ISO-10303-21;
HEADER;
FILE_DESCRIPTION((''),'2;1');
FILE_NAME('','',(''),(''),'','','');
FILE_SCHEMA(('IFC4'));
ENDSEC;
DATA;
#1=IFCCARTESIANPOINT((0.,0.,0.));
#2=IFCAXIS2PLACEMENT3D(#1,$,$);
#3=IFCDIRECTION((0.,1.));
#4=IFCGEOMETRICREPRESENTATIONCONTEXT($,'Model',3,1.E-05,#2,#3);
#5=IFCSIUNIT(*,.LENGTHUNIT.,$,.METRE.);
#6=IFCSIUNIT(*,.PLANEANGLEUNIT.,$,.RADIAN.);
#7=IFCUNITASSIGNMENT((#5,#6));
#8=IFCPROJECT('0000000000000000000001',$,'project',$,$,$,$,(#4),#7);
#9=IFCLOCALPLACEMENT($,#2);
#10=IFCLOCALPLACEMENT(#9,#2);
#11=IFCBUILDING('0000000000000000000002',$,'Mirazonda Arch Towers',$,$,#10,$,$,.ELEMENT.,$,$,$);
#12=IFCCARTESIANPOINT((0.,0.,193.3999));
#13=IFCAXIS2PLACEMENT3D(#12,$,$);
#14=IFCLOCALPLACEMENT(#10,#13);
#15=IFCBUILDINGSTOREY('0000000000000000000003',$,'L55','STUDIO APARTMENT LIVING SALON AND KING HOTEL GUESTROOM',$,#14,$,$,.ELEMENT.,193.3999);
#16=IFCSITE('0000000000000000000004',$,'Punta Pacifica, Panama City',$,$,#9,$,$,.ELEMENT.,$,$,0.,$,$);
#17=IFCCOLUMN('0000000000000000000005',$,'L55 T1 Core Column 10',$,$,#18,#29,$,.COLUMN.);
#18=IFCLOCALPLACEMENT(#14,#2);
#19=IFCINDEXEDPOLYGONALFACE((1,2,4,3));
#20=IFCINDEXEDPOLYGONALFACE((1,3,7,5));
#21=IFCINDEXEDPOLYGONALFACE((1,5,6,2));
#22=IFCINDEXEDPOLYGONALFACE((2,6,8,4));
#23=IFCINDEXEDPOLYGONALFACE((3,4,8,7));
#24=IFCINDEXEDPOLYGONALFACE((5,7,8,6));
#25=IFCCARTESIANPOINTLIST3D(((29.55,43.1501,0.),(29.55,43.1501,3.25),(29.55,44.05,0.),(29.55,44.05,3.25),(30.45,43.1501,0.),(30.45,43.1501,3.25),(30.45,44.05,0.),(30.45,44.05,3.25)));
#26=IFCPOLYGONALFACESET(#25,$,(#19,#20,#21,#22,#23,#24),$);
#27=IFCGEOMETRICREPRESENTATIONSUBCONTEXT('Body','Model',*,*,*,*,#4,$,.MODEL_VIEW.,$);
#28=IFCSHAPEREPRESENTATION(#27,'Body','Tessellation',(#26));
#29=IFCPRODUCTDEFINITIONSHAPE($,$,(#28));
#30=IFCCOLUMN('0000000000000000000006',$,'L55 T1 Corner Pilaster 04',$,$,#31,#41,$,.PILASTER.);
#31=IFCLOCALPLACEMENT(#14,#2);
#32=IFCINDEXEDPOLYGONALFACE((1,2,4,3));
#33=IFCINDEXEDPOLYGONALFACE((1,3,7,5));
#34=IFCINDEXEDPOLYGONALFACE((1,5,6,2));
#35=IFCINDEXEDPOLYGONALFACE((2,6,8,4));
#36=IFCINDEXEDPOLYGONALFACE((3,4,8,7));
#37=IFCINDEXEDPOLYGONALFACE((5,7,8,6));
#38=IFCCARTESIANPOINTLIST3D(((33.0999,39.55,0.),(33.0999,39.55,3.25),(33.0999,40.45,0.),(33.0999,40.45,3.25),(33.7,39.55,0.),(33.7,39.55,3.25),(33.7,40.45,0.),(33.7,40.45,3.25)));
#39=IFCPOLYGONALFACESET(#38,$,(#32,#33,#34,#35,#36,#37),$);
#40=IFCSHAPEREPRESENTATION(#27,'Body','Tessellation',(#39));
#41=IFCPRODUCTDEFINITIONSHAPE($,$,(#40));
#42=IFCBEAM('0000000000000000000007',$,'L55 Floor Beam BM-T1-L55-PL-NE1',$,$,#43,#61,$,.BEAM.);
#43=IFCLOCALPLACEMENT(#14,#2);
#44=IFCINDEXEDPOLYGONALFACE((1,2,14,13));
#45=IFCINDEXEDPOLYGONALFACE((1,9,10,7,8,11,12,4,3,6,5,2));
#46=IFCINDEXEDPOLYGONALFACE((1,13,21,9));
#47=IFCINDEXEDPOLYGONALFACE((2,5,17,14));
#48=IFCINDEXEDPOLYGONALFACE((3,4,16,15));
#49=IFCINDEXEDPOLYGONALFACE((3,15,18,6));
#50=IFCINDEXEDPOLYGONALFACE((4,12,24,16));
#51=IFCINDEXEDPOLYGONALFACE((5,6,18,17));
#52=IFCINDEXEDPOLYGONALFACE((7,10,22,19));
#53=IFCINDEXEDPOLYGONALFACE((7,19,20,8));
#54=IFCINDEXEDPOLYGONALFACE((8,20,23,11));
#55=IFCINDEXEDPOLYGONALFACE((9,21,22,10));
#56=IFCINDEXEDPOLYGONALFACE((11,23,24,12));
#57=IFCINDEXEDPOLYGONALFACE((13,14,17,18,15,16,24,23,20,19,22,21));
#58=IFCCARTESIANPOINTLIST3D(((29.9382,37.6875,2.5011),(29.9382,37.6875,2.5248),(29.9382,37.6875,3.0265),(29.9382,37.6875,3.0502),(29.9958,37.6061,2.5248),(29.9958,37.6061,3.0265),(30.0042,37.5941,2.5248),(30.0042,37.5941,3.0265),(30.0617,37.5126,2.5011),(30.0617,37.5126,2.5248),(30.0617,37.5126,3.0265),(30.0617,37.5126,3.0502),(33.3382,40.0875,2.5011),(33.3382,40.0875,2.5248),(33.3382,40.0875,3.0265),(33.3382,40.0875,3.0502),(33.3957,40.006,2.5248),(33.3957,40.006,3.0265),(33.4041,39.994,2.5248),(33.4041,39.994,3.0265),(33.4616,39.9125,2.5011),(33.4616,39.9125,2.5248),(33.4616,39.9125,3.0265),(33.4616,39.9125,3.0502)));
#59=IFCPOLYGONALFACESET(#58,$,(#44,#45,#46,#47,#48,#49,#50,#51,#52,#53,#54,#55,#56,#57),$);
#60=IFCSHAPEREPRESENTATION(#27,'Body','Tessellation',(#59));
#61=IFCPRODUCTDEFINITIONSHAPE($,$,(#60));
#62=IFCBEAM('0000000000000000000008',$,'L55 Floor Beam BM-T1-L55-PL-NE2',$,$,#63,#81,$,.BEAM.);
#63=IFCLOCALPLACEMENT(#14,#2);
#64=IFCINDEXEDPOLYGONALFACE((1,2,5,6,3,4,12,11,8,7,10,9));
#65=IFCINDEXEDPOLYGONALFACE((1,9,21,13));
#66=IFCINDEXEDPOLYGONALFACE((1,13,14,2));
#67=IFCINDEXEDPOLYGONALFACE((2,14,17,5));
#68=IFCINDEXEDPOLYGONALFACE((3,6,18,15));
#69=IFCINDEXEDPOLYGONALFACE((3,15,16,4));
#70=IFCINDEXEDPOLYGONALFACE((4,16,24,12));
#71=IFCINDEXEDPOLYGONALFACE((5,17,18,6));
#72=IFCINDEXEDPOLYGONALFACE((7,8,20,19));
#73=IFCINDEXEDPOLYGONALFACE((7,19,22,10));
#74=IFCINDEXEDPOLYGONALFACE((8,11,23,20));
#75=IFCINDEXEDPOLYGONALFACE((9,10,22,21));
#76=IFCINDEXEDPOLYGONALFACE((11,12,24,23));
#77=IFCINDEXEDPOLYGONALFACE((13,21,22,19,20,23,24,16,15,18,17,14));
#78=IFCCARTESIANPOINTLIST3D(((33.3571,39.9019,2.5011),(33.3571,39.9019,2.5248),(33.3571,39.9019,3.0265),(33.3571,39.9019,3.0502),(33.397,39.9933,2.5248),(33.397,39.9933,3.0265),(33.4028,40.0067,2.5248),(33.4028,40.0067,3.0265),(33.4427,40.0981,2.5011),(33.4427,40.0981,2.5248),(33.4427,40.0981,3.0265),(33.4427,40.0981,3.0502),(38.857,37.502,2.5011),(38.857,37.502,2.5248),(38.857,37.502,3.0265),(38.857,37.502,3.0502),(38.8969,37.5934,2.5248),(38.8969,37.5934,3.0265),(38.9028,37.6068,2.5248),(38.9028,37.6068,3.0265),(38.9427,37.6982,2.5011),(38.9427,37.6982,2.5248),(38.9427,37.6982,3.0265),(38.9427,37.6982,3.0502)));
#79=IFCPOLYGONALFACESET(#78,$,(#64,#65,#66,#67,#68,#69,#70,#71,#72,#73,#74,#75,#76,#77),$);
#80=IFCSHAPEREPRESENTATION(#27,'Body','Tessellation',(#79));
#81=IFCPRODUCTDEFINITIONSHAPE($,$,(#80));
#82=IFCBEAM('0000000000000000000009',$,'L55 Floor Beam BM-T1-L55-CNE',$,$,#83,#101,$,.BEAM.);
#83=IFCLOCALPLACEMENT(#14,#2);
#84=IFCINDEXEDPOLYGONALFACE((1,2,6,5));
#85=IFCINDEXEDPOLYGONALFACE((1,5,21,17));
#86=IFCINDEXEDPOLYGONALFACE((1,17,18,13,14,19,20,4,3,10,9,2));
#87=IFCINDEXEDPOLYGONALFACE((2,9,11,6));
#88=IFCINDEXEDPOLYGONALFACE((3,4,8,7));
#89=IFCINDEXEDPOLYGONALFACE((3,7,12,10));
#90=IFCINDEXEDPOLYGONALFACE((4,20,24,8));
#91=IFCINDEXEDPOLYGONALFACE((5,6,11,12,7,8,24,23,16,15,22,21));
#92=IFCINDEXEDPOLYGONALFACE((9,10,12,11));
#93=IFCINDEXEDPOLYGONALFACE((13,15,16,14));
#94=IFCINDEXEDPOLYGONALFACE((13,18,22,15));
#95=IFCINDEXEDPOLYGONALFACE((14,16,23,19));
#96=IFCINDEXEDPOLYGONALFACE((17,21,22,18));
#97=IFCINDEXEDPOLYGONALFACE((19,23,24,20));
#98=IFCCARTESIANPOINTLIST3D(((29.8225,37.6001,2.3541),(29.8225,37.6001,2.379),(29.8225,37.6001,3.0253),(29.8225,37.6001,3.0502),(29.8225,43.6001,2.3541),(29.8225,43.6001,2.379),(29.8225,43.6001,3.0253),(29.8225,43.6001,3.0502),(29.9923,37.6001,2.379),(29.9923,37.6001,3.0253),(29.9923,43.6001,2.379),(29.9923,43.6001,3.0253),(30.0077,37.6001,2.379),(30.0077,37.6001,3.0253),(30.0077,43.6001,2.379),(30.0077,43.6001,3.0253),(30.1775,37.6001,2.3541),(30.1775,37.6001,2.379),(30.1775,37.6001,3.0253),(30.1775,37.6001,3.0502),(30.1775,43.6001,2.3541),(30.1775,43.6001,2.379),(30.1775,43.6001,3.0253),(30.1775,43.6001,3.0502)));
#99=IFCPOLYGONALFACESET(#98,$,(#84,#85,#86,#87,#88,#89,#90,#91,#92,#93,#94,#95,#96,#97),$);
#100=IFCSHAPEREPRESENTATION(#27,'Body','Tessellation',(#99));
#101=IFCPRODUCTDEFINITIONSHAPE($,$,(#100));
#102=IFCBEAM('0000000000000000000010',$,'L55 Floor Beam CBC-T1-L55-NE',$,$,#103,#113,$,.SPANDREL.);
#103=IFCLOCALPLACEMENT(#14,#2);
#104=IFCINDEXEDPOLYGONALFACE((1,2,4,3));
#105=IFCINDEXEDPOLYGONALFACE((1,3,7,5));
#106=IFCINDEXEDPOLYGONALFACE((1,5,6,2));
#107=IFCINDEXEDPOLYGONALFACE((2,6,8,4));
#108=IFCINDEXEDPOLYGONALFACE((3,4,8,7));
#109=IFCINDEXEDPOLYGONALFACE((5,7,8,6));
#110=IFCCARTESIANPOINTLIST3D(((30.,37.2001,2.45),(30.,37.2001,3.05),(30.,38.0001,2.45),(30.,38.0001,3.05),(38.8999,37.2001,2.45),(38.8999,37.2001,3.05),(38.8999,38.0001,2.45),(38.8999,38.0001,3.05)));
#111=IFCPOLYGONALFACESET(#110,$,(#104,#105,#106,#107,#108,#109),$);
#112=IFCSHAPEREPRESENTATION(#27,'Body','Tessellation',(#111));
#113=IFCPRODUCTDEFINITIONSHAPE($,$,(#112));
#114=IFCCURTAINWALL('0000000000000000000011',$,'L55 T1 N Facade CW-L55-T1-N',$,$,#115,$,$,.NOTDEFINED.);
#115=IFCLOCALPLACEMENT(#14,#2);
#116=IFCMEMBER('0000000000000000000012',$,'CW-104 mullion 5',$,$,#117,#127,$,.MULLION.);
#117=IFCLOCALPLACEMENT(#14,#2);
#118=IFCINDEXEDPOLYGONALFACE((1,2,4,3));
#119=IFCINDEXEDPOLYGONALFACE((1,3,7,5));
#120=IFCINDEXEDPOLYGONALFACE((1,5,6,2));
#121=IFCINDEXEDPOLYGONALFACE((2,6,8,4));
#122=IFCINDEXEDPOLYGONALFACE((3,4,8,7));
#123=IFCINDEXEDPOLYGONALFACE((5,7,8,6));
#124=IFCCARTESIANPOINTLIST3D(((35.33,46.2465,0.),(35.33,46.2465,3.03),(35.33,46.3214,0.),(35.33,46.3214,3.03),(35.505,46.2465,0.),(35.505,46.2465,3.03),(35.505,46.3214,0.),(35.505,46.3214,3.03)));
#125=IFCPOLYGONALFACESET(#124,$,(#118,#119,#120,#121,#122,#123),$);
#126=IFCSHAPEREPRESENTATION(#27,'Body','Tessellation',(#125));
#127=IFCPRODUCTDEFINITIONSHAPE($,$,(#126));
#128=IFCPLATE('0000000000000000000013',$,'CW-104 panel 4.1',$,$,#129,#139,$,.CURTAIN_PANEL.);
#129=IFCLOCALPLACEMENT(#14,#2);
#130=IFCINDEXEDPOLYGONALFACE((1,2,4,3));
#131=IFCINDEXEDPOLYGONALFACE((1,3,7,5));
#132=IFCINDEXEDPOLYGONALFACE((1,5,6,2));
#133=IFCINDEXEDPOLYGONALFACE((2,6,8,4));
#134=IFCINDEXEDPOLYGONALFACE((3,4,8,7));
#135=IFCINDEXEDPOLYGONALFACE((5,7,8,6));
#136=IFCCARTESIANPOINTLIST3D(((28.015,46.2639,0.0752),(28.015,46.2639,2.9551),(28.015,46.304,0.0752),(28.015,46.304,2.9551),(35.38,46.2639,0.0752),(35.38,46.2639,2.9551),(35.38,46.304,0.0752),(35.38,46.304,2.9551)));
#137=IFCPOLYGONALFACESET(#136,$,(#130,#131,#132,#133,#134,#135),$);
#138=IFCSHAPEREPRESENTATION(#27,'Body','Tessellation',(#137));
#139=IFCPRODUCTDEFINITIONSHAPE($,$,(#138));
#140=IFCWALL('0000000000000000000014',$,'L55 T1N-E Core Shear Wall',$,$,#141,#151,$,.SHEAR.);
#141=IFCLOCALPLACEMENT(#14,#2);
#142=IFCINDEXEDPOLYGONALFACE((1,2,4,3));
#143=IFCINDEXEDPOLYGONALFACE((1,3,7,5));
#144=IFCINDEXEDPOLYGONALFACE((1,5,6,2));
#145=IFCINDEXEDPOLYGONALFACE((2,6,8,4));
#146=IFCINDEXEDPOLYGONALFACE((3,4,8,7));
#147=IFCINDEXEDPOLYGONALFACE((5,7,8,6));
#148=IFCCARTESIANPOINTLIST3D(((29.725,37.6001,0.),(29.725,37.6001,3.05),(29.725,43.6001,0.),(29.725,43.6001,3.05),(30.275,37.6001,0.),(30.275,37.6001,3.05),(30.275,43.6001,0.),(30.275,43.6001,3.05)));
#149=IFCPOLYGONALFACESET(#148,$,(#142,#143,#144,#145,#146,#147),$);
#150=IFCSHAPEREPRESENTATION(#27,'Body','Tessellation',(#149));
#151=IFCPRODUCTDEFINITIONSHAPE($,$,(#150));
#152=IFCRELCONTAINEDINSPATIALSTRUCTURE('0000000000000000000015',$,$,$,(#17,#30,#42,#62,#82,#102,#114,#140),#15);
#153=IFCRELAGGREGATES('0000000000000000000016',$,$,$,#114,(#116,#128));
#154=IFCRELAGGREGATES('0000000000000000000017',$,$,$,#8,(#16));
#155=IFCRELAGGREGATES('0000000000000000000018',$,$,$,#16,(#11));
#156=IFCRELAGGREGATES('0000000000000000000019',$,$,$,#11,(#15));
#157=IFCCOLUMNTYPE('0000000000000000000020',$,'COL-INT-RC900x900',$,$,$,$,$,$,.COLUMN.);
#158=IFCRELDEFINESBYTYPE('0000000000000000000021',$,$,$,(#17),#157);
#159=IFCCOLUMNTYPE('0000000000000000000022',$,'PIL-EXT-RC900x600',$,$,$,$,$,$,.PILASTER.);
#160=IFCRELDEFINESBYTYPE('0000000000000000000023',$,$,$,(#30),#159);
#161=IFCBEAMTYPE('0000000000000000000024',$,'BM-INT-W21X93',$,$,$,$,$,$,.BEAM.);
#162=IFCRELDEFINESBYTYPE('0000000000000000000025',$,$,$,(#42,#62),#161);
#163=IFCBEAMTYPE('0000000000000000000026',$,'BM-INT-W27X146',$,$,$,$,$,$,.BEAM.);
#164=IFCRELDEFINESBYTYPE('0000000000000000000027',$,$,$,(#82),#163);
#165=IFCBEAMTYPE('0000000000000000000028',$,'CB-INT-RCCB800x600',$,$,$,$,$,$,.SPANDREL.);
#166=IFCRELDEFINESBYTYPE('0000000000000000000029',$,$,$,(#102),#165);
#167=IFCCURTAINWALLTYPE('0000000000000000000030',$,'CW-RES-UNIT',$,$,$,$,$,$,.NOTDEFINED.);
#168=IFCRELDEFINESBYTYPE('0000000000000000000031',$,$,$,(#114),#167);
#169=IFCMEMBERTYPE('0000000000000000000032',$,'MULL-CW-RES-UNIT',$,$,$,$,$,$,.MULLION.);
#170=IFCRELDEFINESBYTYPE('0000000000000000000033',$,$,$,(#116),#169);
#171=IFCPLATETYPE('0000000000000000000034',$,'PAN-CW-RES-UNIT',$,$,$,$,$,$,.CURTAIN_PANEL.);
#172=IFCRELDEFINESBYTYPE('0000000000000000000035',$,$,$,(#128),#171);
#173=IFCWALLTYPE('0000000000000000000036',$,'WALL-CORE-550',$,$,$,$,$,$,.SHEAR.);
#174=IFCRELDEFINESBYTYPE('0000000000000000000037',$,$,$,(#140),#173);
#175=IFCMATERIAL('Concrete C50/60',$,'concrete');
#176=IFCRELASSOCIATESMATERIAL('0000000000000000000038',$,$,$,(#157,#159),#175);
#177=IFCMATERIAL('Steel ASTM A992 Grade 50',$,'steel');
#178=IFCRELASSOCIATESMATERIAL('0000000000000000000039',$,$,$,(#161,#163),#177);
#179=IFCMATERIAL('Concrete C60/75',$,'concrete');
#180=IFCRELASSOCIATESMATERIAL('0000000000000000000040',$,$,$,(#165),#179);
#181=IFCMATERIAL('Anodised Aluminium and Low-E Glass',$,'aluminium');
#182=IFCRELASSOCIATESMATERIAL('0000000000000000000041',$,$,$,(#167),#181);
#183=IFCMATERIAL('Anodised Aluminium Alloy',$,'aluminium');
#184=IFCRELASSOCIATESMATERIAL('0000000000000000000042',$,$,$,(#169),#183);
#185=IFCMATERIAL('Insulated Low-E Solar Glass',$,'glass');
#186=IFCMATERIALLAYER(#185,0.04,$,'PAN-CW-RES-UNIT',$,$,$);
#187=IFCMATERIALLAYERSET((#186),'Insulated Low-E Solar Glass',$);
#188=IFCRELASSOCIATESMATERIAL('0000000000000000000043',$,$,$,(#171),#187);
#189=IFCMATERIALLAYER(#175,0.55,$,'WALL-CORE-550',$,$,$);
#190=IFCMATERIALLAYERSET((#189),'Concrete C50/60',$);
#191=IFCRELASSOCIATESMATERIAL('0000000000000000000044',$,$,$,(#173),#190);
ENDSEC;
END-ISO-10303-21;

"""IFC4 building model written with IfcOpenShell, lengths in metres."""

from ifc_helpers import new_model, si_unit, direction, frame, frame_2d, origin, origin_2d, place, context, subcontext, project, spatial, rectangle, i_section, extrude, material, layer, layer_set, material_profile, profile_set, type_object, element, aggregate, save


model = new_model("IFC4")

# Units and contexts
model_context = context("Model", 3, precision=1e-05, world=origin(), true_north=direction((0.0, 1.0)))
body_context = subcontext(model_context, "Body", "Model", "MODEL_VIEW")
ifc_project = project(units=[si_unit("LENGTHUNIT", "METRE"), si_unit("PLANEANGLEUNIT", "RADIAN")], contexts=[model_context])

# Site, building, storey
site_placement = place(None, origin())
site = spatial("IfcSite", under=ifc_project, at=site_placement, Name="Punta Pacifica, Panama City", CompositionType="ELEMENT", RefElevation=0.0)
building_placement = place(site_placement, origin())
building = spatial("IfcBuilding", under=site, at=building_placement, Name="Mirazonda Arch Towers", CompositionType="ELEMENT")
storey_placement = place(building_placement, frame((0.0, 0.0, 193.3999)))
storey = spatial("IfcBuildingStorey", under=building, at=storey_placement, Name="L55", Description="STUDIO APARTMENT LIVING SALON AND KING HOTEL GUESTROOM", CompositionType="ELEMENT", Elevation=193.3999)

# Columns
ifc_material_1 = material(Name="Concrete C50/60", Category="concrete")
ifc_material_profile_1 = material_profile(ifc_material_1, rectangle(XDim=0.8999, YDim=0.8999, at=origin_2d()), Name="RC900x900")
ifc_profile_set_1 = profile_set([ifc_material_profile_1], Name="Concrete C50/60")
column_type_1 = type_object("IfcColumnType", Name="COL-INT-RC900x900", PredefinedType="COLUMN", material=ifc_profile_set_1)
column_1_placement = place(storey_placement, frame((30.0, 43.6001, 0.0), z_axis=(0.0, 0.0, 1.0), x_axis=(1.0, 0.0, 0.0)))
element("IfcColumn", 1, at=column_1_placement, inside=storey, type_object=column_type_1, Name="L55 T1 Core Column 10", PredefinedType="COLUMN", context=body_context, shape_type="SweptSolid", body=[
    extrude(rectangle(XDim=0.8999, YDim=0.8999, at=origin_2d()), origin(), (0.0, 0.0, 1.0), 3.25),
])
ifc_material_profile_2 = material_profile(ifc_material_1, rectangle(XDim=0.6001, YDim=0.8999, at=origin_2d()), Name="RC900x600")
ifc_profile_set_2 = profile_set([ifc_material_profile_2], Name="Concrete C50/60")
column_type_2 = type_object("IfcColumnType", Name="PIL-EXT-RC900x600", PredefinedType="PILASTER", material=ifc_profile_set_2)
column_2_placement = place(storey_placement, frame((33.3999, 40.0, 0.0), z_axis=(0.0, 0.0, 1.0), x_axis=(1.0, 0.0, 0.0)))
element("IfcColumn", 2, at=column_2_placement, inside=storey, type_object=column_type_2, Name="L55 T1 Corner Pilaster 04", PredefinedType="PILASTER", context=body_context, shape_type="SweptSolid", body=[
    extrude(rectangle(XDim=0.6001, YDim=0.8999, at=origin_2d()), origin(), (0.0, 0.0, 1.0), 3.25),
])

# Beams
ifc_material_2 = material(Name="Steel ASTM A992 Grade 50", Category="steel")
ifc_material_profile_3 = material_profile(ifc_material_2, i_section(OverallWidth=0.2141, OverallDepth=0.5491, WebThickness=0.0146, FlangeThickness=0.0237, at=origin_2d()), Name="W21X93")
ifc_profile_set_3 = profile_set([ifc_material_profile_3], Name="Steel ASTM A992 Grade 50")
beam_type_1 = type_object("IfcBeamType", Name="BM-INT-W21X93", PredefinedType="BEAM", material=ifc_profile_set_3)
beam_1_placement = place(storey_placement, frame((33.3999, 40.0, 2.7756), z_axis=(-0.816971, -0.576679, 0.0), x_axis=(0.576679, -0.816971, 0.0)))
element("IfcBeam", 3, at=beam_1_placement, inside=storey, type_object=beam_type_1, Name="L55 Floor Beam BM-T1-L55-PL-NE1", PredefinedType="BEAM", context=body_context, shape_type="SweptSolid", body=[
    extrude(i_section(OverallWidth=0.2141, OverallDepth=0.5491, WebThickness=0.0146, FlangeThickness=0.0237, at=origin_2d()), origin(), (0.0, 0.0, 1.0), 4.1616),
])
beam_2_placement = place(storey_placement, frame((33.3999, 40.0, 2.7756), z_axis=(0.916545, -0.399931, 0.0), x_axis=(0.399931, 0.916545, 0.0)))
element("IfcBeam", 4, at=beam_2_placement, inside=storey, type_object=beam_type_1, Name="L55 Floor Beam BM-T1-L55-PL-NE2", PredefinedType="BEAM", context=body_context, shape_type="SweptSolid", body=[
    extrude(i_section(OverallWidth=0.2141, OverallDepth=0.5491, WebThickness=0.0146, FlangeThickness=0.0237, at=origin_2d()), origin(), (0.0, 0.0, 1.0), 6.0007),
])
ifc_material_profile_4 = material_profile(ifc_material_2, i_section(OverallWidth=0.355, OverallDepth=0.696, WebThickness=0.0154, FlangeThickness=0.0249, at=origin_2d()), Name="W27X146")
ifc_profile_set_4 = profile_set([ifc_material_profile_4], Name="Steel ASTM A992 Grade 50")
beam_type_2 = type_object("IfcBeamType", Name="BM-INT-W27X146", PredefinedType="BEAM", material=ifc_profile_set_4)
beam_3_placement = place(storey_placement, frame((30.0, 37.6001, 2.7021), z_axis=(0.0, 1.0, 0.0), x_axis=(-1.0, 0.0, 0.0)))
element("IfcBeam", 5, at=beam_3_placement, inside=storey, type_object=beam_type_2, Name="L55 Floor Beam BM-T1-L55-CNE", PredefinedType="BEAM", context=body_context, shape_type="SweptSolid", body=[
    extrude(i_section(OverallWidth=0.355, OverallDepth=0.696, WebThickness=0.0154, FlangeThickness=0.0249, at=origin_2d()), origin(), (0.0, 0.0, 1.0), 6.0),
])
ifc_material_3 = material(Name="Concrete C60/75", Category="concrete")
ifc_material_profile_5 = material_profile(ifc_material_3, rectangle(XDim=0.8, YDim=0.6001, at=origin_2d()), Name="RCCB800x600")
ifc_profile_set_5 = profile_set([ifc_material_profile_5], Name="Concrete C60/75")
beam_type_3 = type_object("IfcBeamType", Name="CB-INT-RCCB800x600", PredefinedType="SPANDREL", material=ifc_profile_set_5)
beam_4_placement = place(storey_placement, frame((30.0, 37.6001, 2.75), z_axis=(1.0, 0.0, 0.0), x_axis=(0.0, 1.0, 0.0)))
element("IfcBeam", 6, at=beam_4_placement, inside=storey, type_object=beam_type_3, Name="L55 Floor Beam CBC-T1-L55-NE", PredefinedType="SPANDREL", context=body_context, shape_type="SweptSolid", body=[
    extrude(rectangle(XDim=0.8, YDim=0.6001, at=origin_2d()), origin(), (0.0, 0.0, 1.0), 8.8999),
])

# Curtain wall, member, plate
ifc_material_4 = material(Name="Anodised Aluminium and Low-E Glass", Category="aluminium")
curtain_wall_type = type_object("IfcCurtainWallType", Name="CW-RES-UNIT", PredefinedType="NOTDEFINED", material=ifc_material_4)
curtain_wall_placement = place(storey_placement, origin())
curtain_wall = element("IfcCurtainWall", 7, at=curtain_wall_placement, inside=storey, type_object=curtain_wall_type, Name="L55 T1 N Facade CW-L55-T1-N", PredefinedType="NOTDEFINED")
ifc_material_5 = material(Name="Anodised Aluminium Alloy", Category="aluminium")
ifc_material_profile_6 = material_profile(ifc_material_5, rectangle(XDim=0.075, YDim=0.175, at=origin_2d()), Name="ALU-MULL-75x175")
ifc_profile_set_6 = profile_set([ifc_material_profile_6], Name="Anodised Aluminium Alloy")
member_type = type_object("IfcMemberType", Name="MULL-CW-RES-UNIT", PredefinedType="MULLION", material=ifc_profile_set_6)
member_placement = place(storey_placement, frame((35.4175, 46.2839, 0.0), z_axis=(0.0, 0.0, 1.0), x_axis=(0.0, 1.0, 0.0)))
member = element("IfcMember", 8, at=member_placement, type_object=member_type, Name="CW-104 mullion 5", PredefinedType="MULLION", context=body_context, shape_type="SweptSolid", body=[
    extrude(rectangle(XDim=0.075, YDim=0.175, at=origin_2d()), origin(), (0.0, 0.0, 1.0), 3.03),
])
ifc_material_6 = material(Name="Insulated Low-E Solar Glass", Category="glass")
ifc_layer_1 = layer(ifc_material_6, 0.04, Name="PAN-CW-RES-UNIT")
ifc_layer_set_1 = layer_set([ifc_layer_1], Name="Insulated Low-E Solar Glass")
plate_type = type_object("IfcPlateType", Name="PAN-CW-RES-UNIT", PredefinedType="CURTAIN_PANEL", material=ifc_layer_set_1)
plate_placement = place(storey_placement, frame((31.6975, 46.2839, 0.0752), z_axis=(0.0, 0.0, 1.0), x_axis=(1.0, 0.0, 0.0)))
plate = element("IfcPlate", 9, at=plate_placement, type_object=plate_type, Name="CW-104 panel 4.1", PredefinedType="CURTAIN_PANEL", context=body_context, shape_type="SweptSolid", body=[
    extrude(rectangle(XDim=7.365, YDim=0.04, at=origin_2d()), origin(), (0.0, 0.0, 1.0), 2.8799),
])
aggregate(curtain_wall, [member, plate])

# Wall
ifc_layer_2 = layer(ifc_material_1, 0.55, Name="WALL-CORE-550")
ifc_layer_set_2 = layer_set([ifc_layer_2], Name="Concrete C50/60")
wall_type_1 = type_object("IfcWallType", Name="WALL-CORE-550", PredefinedType="SHEAR", material=ifc_layer_set_2)
wall_1_placement = place(storey_placement, frame((30.0, 37.6001, 0.0), z_axis=(0.0, 0.0, 1.0), x_axis=(0.0, 1.0, 0.0)))
element("IfcWall", 10, at=wall_1_placement, inside=storey, type_object=wall_type_1, Name="L55 T1N-E Core Shear Wall", PredefinedType="SHEAR", context=body_context, shape_type="SweptSolid", body=[
    extrude(rectangle(XDim=6.0, YDim=0.55, at=frame_2d((3.0, 0.0))), origin(), (0.0, 0.0, 1.0), 3.05),
])

save(model, "model.ifc")
